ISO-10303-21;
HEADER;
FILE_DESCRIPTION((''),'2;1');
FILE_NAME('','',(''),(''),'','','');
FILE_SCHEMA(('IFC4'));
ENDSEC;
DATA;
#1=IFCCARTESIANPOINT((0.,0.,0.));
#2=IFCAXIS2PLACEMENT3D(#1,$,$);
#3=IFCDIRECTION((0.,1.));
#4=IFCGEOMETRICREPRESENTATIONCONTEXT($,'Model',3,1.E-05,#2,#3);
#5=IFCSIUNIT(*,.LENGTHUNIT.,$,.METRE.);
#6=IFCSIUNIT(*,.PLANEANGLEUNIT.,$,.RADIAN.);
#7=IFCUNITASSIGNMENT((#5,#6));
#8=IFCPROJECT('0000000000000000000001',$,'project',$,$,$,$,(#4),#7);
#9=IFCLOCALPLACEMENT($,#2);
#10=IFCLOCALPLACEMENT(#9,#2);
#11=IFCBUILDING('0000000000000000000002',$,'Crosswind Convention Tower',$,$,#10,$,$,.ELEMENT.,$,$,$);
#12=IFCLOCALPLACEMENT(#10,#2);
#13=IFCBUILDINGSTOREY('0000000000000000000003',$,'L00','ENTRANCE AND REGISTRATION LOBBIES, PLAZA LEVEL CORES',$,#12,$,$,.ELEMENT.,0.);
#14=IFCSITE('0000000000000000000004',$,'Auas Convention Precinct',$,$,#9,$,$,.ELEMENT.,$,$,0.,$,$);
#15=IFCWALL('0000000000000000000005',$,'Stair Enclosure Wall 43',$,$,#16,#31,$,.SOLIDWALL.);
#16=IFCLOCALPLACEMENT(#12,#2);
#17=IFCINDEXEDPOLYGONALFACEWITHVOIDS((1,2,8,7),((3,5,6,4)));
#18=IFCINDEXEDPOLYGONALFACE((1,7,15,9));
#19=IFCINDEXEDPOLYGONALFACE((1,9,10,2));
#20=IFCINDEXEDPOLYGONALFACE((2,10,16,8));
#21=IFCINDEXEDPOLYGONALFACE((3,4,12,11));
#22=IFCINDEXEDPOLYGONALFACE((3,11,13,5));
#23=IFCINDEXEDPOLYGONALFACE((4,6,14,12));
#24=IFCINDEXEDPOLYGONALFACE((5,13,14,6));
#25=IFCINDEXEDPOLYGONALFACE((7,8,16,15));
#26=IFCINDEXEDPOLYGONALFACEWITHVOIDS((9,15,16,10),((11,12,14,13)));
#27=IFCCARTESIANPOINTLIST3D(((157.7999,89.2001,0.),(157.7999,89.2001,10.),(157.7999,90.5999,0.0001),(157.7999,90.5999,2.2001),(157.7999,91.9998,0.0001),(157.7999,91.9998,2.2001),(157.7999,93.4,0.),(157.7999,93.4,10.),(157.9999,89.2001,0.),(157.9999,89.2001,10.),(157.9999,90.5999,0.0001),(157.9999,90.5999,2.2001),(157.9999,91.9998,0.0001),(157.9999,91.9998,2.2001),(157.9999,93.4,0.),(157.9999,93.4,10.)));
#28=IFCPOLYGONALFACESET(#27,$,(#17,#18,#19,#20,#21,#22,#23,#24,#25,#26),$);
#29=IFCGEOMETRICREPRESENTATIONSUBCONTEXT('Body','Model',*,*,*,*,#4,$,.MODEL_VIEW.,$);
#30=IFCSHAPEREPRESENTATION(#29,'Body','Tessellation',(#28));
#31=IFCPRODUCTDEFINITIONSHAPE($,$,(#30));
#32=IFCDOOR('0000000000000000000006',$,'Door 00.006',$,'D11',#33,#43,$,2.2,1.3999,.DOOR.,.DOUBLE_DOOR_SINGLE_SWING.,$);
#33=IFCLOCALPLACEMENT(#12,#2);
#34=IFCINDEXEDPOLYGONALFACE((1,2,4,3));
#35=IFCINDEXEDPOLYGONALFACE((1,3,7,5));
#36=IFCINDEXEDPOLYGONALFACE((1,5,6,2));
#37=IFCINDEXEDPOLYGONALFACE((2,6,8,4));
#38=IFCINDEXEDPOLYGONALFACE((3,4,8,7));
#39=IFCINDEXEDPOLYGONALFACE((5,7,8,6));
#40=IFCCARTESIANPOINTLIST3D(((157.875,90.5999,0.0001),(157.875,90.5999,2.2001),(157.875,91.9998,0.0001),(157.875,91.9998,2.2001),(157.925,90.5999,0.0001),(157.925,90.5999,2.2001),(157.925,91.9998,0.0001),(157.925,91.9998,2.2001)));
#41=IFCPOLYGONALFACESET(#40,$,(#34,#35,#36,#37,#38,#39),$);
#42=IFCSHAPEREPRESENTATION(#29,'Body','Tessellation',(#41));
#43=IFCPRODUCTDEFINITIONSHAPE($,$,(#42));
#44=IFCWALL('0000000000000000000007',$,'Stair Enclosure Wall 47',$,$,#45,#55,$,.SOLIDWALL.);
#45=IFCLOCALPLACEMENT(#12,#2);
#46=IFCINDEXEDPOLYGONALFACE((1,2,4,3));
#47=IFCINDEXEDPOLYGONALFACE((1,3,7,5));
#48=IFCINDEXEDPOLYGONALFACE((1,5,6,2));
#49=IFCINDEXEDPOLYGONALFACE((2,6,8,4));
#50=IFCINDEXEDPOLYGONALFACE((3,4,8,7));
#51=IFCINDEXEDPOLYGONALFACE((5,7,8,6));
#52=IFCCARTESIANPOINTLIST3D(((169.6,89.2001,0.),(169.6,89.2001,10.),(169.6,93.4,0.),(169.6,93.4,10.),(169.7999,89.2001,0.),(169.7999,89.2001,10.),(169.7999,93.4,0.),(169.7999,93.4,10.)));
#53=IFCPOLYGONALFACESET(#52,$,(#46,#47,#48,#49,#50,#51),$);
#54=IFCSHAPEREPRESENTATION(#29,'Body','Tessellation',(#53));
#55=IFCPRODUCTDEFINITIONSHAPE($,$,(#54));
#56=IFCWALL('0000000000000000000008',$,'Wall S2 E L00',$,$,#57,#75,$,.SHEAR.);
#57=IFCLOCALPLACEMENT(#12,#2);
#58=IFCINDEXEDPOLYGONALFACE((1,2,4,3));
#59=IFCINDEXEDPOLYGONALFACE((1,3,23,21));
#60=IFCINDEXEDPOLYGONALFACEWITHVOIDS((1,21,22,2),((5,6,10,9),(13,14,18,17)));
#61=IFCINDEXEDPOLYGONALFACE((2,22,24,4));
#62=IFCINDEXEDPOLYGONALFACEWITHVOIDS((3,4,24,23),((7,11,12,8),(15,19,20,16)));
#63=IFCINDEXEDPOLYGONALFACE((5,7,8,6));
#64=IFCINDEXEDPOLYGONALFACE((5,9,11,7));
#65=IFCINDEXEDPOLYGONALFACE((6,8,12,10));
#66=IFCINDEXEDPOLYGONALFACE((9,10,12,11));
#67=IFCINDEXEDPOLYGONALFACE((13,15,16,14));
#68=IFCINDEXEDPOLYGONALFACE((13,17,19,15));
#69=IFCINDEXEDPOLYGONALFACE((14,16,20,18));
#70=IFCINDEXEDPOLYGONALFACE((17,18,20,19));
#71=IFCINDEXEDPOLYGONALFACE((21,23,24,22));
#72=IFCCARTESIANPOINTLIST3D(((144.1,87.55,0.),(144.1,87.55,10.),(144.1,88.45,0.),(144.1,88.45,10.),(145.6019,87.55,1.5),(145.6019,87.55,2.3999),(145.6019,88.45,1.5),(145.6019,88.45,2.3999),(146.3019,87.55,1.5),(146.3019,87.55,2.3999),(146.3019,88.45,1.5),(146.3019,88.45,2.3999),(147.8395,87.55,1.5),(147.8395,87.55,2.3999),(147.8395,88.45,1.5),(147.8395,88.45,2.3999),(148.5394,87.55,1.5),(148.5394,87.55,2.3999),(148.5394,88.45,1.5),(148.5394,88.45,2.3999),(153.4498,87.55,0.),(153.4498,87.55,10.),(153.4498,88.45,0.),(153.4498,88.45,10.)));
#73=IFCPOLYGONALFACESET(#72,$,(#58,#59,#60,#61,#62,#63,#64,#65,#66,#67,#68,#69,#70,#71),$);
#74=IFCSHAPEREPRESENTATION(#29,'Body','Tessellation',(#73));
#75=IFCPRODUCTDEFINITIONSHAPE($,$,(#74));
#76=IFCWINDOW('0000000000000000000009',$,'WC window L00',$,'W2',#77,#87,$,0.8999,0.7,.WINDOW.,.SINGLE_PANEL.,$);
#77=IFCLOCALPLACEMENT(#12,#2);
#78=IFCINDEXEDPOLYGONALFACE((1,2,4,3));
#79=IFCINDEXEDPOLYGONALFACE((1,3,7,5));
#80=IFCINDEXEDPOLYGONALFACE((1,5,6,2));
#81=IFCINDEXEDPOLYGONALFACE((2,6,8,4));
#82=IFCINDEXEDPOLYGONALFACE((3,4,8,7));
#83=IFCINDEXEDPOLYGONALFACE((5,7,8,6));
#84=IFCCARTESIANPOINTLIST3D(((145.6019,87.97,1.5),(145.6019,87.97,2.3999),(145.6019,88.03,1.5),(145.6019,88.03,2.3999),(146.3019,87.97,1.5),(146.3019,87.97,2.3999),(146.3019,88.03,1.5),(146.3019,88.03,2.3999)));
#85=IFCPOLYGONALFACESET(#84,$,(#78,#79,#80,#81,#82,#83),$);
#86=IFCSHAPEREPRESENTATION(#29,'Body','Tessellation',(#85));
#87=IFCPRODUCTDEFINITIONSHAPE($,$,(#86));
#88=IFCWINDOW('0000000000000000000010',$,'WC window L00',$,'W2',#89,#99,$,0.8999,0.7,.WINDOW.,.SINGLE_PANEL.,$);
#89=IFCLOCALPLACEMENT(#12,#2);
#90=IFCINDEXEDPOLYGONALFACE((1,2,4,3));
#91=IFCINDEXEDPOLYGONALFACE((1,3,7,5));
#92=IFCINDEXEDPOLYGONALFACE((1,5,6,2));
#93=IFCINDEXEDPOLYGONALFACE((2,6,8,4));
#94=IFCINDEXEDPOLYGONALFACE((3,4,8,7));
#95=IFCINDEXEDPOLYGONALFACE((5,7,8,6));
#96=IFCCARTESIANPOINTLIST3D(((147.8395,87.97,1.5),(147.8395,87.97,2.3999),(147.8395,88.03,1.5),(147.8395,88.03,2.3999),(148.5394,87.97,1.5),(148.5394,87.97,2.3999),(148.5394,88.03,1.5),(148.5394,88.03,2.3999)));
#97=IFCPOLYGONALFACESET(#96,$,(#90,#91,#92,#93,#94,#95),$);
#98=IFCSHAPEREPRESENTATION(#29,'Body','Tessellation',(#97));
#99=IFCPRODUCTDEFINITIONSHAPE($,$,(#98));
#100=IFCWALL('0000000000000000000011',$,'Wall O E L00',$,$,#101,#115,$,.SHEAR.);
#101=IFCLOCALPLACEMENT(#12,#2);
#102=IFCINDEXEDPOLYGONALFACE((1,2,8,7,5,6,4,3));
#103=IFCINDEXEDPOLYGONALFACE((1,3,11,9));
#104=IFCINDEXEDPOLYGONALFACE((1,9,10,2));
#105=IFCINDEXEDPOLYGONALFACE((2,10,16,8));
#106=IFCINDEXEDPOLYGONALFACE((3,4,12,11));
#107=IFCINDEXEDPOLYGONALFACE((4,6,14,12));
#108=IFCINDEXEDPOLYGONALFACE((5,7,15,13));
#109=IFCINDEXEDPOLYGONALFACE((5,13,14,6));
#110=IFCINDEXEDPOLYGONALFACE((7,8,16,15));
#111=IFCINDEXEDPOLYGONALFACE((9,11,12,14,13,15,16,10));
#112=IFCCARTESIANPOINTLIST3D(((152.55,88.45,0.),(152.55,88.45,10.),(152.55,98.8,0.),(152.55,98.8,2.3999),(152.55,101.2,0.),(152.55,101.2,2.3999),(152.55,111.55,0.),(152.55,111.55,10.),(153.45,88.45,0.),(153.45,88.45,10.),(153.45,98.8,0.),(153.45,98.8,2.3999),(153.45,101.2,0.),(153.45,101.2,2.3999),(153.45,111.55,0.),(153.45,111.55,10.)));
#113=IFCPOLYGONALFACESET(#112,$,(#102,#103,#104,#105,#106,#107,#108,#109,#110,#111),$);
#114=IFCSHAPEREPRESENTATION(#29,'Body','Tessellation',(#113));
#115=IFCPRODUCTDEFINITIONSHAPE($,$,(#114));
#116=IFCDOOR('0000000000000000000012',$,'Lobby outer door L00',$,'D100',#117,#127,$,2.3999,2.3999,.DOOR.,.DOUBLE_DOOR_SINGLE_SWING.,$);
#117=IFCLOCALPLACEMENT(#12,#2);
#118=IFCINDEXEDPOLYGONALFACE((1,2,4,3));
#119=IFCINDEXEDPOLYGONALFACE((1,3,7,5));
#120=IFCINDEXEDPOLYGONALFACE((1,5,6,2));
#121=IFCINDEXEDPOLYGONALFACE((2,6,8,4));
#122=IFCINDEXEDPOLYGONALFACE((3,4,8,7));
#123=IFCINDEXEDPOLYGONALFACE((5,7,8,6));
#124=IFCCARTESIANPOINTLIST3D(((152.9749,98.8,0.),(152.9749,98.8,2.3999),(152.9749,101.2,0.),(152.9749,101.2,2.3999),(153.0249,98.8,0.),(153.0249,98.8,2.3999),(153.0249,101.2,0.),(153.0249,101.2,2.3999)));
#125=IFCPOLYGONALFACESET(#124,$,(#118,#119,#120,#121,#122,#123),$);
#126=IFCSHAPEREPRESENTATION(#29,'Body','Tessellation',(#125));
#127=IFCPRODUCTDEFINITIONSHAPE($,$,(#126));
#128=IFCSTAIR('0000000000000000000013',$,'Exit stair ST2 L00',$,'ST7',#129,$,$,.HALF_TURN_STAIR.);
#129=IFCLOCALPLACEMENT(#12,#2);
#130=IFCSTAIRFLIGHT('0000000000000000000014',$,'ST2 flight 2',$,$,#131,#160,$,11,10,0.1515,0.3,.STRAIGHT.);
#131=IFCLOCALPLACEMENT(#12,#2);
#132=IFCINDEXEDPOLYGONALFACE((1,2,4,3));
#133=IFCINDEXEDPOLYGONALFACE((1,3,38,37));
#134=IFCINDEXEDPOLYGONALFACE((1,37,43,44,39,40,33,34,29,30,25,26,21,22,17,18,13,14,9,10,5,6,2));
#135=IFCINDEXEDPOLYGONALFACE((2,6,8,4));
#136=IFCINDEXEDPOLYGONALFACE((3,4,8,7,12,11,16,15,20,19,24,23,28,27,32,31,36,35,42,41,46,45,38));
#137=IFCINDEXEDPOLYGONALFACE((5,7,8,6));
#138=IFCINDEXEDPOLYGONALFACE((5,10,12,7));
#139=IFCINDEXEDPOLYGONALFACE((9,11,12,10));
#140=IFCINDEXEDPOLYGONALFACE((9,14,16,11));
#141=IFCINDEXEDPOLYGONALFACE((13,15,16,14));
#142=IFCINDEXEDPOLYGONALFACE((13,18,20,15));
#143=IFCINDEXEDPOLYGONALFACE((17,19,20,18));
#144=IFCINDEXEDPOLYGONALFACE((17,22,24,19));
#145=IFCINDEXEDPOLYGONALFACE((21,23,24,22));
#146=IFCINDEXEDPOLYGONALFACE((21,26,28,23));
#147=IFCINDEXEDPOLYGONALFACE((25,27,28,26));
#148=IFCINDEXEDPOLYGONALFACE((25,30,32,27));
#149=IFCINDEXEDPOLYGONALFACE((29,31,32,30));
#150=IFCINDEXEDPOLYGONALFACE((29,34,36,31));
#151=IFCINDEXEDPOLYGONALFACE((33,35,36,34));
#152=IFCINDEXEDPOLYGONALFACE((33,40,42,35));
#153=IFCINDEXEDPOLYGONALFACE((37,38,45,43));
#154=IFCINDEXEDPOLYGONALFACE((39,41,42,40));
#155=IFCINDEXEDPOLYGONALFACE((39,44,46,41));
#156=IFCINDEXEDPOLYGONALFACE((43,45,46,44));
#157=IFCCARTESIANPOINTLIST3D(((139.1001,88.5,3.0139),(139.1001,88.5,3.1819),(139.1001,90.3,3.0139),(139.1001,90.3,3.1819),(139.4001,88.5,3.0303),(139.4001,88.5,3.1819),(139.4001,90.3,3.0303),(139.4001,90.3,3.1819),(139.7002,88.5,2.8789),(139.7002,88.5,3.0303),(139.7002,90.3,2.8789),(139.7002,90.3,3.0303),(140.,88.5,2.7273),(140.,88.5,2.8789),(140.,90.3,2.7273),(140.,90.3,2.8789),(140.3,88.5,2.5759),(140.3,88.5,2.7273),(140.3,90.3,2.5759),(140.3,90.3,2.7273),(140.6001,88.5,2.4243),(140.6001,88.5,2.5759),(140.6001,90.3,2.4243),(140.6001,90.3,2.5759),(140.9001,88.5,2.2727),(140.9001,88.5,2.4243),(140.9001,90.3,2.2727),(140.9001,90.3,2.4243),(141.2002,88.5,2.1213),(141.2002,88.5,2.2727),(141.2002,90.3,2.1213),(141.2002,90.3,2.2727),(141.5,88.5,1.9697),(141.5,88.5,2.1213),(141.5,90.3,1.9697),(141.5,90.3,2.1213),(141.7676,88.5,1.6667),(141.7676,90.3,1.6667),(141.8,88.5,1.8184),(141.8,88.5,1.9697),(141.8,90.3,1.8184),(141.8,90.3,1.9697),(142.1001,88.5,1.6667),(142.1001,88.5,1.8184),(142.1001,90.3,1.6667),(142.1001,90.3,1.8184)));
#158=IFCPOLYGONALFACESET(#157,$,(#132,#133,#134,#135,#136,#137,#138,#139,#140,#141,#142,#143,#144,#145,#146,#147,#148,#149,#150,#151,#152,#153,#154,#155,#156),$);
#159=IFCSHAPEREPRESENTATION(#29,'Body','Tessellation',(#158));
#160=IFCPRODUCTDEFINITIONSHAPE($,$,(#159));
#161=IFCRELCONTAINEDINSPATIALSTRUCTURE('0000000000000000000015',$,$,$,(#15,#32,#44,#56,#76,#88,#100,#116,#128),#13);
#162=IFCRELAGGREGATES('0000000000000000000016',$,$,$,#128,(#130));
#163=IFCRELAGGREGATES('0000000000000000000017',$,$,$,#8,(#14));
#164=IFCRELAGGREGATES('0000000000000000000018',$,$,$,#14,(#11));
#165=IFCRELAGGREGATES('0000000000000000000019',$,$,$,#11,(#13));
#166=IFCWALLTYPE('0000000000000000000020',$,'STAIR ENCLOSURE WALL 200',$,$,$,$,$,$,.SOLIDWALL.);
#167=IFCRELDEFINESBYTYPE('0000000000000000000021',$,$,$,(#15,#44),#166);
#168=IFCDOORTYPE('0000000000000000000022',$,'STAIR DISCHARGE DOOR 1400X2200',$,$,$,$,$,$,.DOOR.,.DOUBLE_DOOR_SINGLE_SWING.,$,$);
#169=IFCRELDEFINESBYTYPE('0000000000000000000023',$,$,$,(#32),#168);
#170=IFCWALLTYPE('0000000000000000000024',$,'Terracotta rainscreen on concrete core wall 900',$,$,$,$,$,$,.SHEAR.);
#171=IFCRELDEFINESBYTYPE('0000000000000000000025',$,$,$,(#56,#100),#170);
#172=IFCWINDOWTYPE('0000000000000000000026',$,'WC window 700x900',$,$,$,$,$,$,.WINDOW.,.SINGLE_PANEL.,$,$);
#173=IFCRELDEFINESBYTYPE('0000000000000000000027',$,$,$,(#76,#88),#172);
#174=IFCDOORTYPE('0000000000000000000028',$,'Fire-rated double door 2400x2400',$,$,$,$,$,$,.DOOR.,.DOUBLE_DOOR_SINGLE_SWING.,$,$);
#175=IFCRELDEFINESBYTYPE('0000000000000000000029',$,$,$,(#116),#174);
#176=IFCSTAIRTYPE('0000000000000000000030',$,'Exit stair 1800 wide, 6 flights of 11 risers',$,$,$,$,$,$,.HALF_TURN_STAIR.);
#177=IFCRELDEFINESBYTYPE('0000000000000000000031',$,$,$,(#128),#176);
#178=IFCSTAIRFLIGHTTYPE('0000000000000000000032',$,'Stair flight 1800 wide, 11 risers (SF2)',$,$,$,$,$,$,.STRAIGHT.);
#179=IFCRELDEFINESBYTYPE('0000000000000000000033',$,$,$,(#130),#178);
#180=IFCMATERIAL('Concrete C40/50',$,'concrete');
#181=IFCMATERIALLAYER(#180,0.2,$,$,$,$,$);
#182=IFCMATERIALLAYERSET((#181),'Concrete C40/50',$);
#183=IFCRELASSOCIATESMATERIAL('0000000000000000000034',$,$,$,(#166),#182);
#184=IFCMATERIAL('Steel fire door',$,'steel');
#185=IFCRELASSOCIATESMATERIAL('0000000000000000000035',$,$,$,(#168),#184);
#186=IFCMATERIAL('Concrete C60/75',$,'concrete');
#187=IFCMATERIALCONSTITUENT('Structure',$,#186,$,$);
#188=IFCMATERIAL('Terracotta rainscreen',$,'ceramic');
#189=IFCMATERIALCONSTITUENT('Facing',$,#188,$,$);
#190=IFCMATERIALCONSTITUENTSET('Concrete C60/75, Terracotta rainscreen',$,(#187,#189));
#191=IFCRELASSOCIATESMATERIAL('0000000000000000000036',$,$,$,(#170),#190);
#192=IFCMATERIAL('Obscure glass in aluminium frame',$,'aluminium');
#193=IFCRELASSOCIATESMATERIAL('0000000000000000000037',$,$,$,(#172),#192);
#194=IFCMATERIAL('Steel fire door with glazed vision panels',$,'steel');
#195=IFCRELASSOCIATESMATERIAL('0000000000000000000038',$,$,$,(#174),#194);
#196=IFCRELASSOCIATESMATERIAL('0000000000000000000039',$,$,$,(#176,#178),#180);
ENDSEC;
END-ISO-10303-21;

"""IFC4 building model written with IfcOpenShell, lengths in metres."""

from ifc_helpers import new_model, si_unit, direction, frame, frame_2d, origin, place, context, subcontext, project, spatial, polyline, rectangle, outline, extrude, material, layer, layer_set, constituent, constituent_set, type_object, element, fill, aggregate, save


model = new_model("IFC4")

# Units and contexts
model_context = context("Model", 3, precision=1e-05, world=origin(), true_north=direction((0.0, 1.0)))
body_context = subcontext(model_context, "Body", "Model", "MODEL_VIEW")
ifc_project = project(units=[si_unit("LENGTHUNIT", "METRE"), si_unit("PLANEANGLEUNIT", "RADIAN")], contexts=[model_context])

# Site, building, storey
site_placement = place(None, origin())
site = spatial("IfcSite", under=ifc_project, at=site_placement, Name="Auas Convention Precinct", CompositionType="ELEMENT", RefElevation=0.0)
building_placement = place(site_placement, origin())
building = spatial("IfcBuilding", under=site, at=building_placement, Name="Crosswind Convention Tower", CompositionType="ELEMENT")
storey_placement = place(building_placement, origin())
storey = spatial("IfcBuildingStorey", under=building, at=storey_placement, Name="L00", Description="ENTRANCE AND REGISTRATION LOBBIES, PLAZA LEVEL CORES", CompositionType="ELEMENT", Elevation=0.0)

# Shared definitions
ifc_material_1 = material(Name="Concrete C40/50", Category="concrete")

# Shared definitions
ifc_material_2 = material(Name="Concrete C60/75", Category="concrete")

# Shared definitions
ifc_layer_1 = layer(ifc_material_1, 0.2)
ifc_layer_set_1 = layer_set([ifc_layer_1], Name="Concrete C40/50")
wall_type_1 = type_object("IfcWallType", Name="STAIR ENCLOSURE WALL 200", PredefinedType="SOLIDWALL", material=ifc_layer_set_1)

# Wall, opening, door
wall_1_placement = place(storey_placement, frame((157.8999, 89.2, 0.0), z_axis=(0.0, 0.0, 1.0), x_axis=(0.0, 1.0, 0.0)))
wall_1 = element("IfcWall", 1, at=wall_1_placement, inside=storey, type_object=wall_type_1, Name="Stair Enclosure Wall 43", PredefinedType="SOLIDWALL", context=body_context, shape_type="SweptSolid", body=[
    extrude(rectangle(XDim=4.2, YDim=0.2, at=frame_2d((2.1001, 0.0))), origin(), (0.0, 0.0, 1.0), 10.0),
])
opening_1_placement = place(wall_1_placement, frame((1.3999, 0.0, 0.0)))
opening_1 = element("IfcOpeningElement", 2, at=opening_1_placement, cuts=wall_1, PredefinedType="OPENING", context=body_context, shape_type="SweptSolid", body=[
    extrude(rectangle(XDim=1.3999, YDim=2.2, at=frame_2d((0.7, 1.1001))), frame((0.0, 0.1099, 0.0), z_axis=(0.0, -1.0, 0.0), x_axis=(1.0, 0.0, 0.0)), (0.0, 0.0, 1.0), 0.22),
])
ifc_material_3 = material(Name="Steel fire door", Category="steel")
door_type_1 = type_object("IfcDoorType", Name="STAIR DISCHARGE DOOR 1400X2200", OperationType="DOUBLE_DOOR_SINGLE_SWING", PredefinedType="DOOR", material=ifc_material_3)
door_1_placement = place(opening_1_placement, origin())
door_1 = element("IfcDoor", 3, at=door_1_placement, inside=storey, type_object=door_type_1, Name="Door 00.006", ObjectType="D11", OperationType="DOUBLE_DOOR_SINGLE_SWING", OverallHeight=2.2, OverallWidth=1.3999, PredefinedType="DOOR", context=body_context, shape_type="SweptSolid", body=[
    extrude(rectangle(XDim=1.3999, YDim=2.2, at=frame_2d((0.7, 1.1001))), frame((0.0, 0.0249, 0.0), z_axis=(0.0, -1.0, 0.0), x_axis=(1.0, 0.0, 0.0)), (0.0, 0.0, 1.0), 0.05),
])
fill(opening_1, door_1)

# Wall
wall_2_placement = place(storey_placement, frame((169.7, 89.2, 0.0), z_axis=(0.0, 0.0, 1.0), x_axis=(0.0, 1.0, 0.0)))
element("IfcWall", 4, at=wall_2_placement, inside=storey, type_object=wall_type_1, Name="Stair Enclosure Wall 47", PredefinedType="SOLIDWALL", context=body_context, shape_type="SweptSolid", body=[
    extrude(rectangle(XDim=4.2, YDim=0.2, at=frame_2d((2.1001, 0.0))), origin(), (0.0, 0.0, 1.0), 10.0),
])

# Wall, openings, windows
ifc_constituent_1 = constituent(ifc_material_2, Name="Structure")
ifc_material_4 = material(Name="Terracotta rainscreen", Category="ceramic")
ifc_constituent_2 = constituent(ifc_material_4, Name="Facing")
ifc_constituent_set = constituent_set(constituents=[ifc_constituent_1, ifc_constituent_2], Name="Concrete C60/75, Terracotta rainscreen")
wall_type_2 = type_object("IfcWallType", Name="Terracotta rainscreen on concrete core wall 900", PredefinedType="SHEAR", material=ifc_constituent_set)
wall_3_placement = place(storey_placement, frame((144.1001, 88.0, 0.0), z_axis=(0.0, 0.0, 1.0), x_axis=(1.0, 0.0, 0.0)))
wall_3 = element("IfcWall", 5, at=wall_3_placement, inside=storey, type_object=wall_type_2, Name="Wall S2 E L00", PredefinedType="SHEAR", context=body_context, shape_type="SweptSolid", body=[
    extrude(rectangle(XDim=9.3499, YDim=0.8999, at=frame_2d((4.6748, 0.0))), origin(), (0.0, 0.0, 1.0), 10.0),
])
opening_2_placement = place(wall_3_placement, frame((1.5017, 0.0, 1.5)))
opening_2 = element("IfcOpeningElement", 6, at=opening_2_placement, cuts=wall_3, PredefinedType="OPENING", context=body_context, shape_type="SweptSolid", body=[
    extrude(rectangle(XDim=0.7, YDim=0.8999, at=frame_2d((0.3501, 0.45))), frame((0.0, 0.46, 0.0), z_axis=(0.0, -1.0, 0.0), x_axis=(1.0, 0.0, 0.0)), (0.0, 0.0, 1.0), 0.9199),
])
opening_3_placement = place(wall_3_placement, frame((3.7393, 0.0, 1.5)))
opening_3 = element("IfcOpeningElement", 7, at=opening_3_placement, cuts=wall_3, PredefinedType="OPENING", context=body_context, shape_type="SweptSolid", body=[
    extrude(rectangle(XDim=0.7, YDim=0.8999, at=frame_2d((0.3501, 0.45))), frame((0.0, 0.46, 0.0), z_axis=(0.0, -1.0, 0.0), x_axis=(1.0, 0.0, 0.0)), (0.0, 0.0, 1.0), 0.9199),
])
ifc_material_5 = material(Name="Obscure glass in aluminium frame", Category="aluminium")
window_type = type_object("IfcWindowType", Name="WC window 700x900", PartitioningType="SINGLE_PANEL", PredefinedType="WINDOW", material=ifc_material_5)
window_1_placement = place(opening_2_placement, origin())
window_1 = element("IfcWindow", 8, at=window_1_placement, inside=storey, type_object=window_type, Name="WC window L00", ObjectType="W2", OverallHeight=0.8999, OverallWidth=0.7, PartitioningType="SINGLE_PANEL", PredefinedType="WINDOW", context=body_context, shape_type="SweptSolid", body=[
    extrude(rectangle(XDim=0.7, YDim=0.8999, at=frame_2d((0.3501, 0.45))), frame((0.0, 0.03, 0.0), z_axis=(0.0, -1.0, 0.0), x_axis=(1.0, 0.0, 0.0)), (0.0, 0.0, 1.0), 0.0601),
])
fill(opening_2, window_1)
window_2_placement = place(opening_3_placement, origin())
window_2 = element("IfcWindow", 9, at=window_2_placement, inside=storey, type_object=window_type, Name="WC window L00", ObjectType="W2", OverallHeight=0.8999, OverallWidth=0.7, PartitioningType="SINGLE_PANEL", PredefinedType="WINDOW", context=body_context, shape_type="SweptSolid", body=[
    extrude(rectangle(XDim=0.7, YDim=0.8999, at=frame_2d((0.3501, 0.45))), frame((0.0, 0.03, 0.0), z_axis=(0.0, -1.0, 0.0), x_axis=(1.0, 0.0, 0.0)), (0.0, 0.0, 1.0), 0.0601),
])
fill(opening_3, window_2)

# Wall, opening, door
wall_4_placement = place(storey_placement, frame((153.0, 88.45, 0.0), z_axis=(0.0, 0.0, 1.0), x_axis=(0.0, 1.0, 0.0)))
wall_4 = element("IfcWall", 10, at=wall_4_placement, inside=storey, type_object=wall_type_2, Name="Wall O E L00", PredefinedType="SHEAR", context=body_context, shape_type="SweptSolid", body=[
    extrude(rectangle(XDim=23.1001, YDim=0.8999, at=frame_2d((11.55, 0.0))), origin(), (0.0, 0.0, 1.0), 10.0),
])
opening_4_placement = place(wall_4_placement, frame((10.3501, 0.0, 0.0)))
opening_4 = element("IfcOpeningElement", 11, at=opening_4_placement, cuts=wall_4, PredefinedType="OPENING", context=body_context, shape_type="SweptSolid", body=[
    extrude(rectangle(XDim=2.3999, YDim=2.3999, at=frame_2d((1.2, 1.2))), frame((0.0, 0.46, 0.0), z_axis=(0.0, -1.0, 0.0), x_axis=(1.0, 0.0, 0.0)), (0.0, 0.0, 1.0), 0.9199),
])
ifc_material_6 = material(Name="Steel fire door with glazed vision panels", Category="steel")
door_type_2 = type_object("IfcDoorType", Name="Fire-rated double door 2400x2400", OperationType="DOUBLE_DOOR_SINGLE_SWING", PredefinedType="DOOR", material=ifc_material_6)
door_2_placement = place(opening_4_placement, frame((2.3999, 0.0, 0.0), z_axis=(0.0, 0.0, 1.0), x_axis=(-1.0, 0.0, 0.0)))
door_2 = element("IfcDoor", 12, at=door_2_placement, inside=storey, type_object=door_type_2, Name="Lobby outer door L00", ObjectType="D100", OperationType="DOUBLE_DOOR_SINGLE_SWING", OverallHeight=2.3999, OverallWidth=2.3999, PredefinedType="DOOR", context=body_context, shape_type="SweptSolid", body=[
    extrude(rectangle(XDim=2.3999, YDim=2.3999, at=frame_2d((1.2, 1.2))), frame((0.0, 0.0249, 0.0), z_axis=(0.0, -1.0, 0.0), x_axis=(1.0, 0.0, 0.0)), (0.0, 0.0, 1.0), 0.05),
])
fill(opening_4, door_2)

# Stair, stair flight
stair_type = type_object("IfcStairType", Name="Exit stair 1800 wide, 6 flights of 11 risers", PredefinedType="HALF_TURN_STAIR", material=ifc_material_1)
stair_placement = place(storey_placement, origin())
stair = element("IfcStair", 13, at=stair_placement, inside=storey, type_object=stair_type, Name="Exit stair ST2 L00", ObjectType="ST7", PredefinedType="HALF_TURN_STAIR")
stair_flight_type = type_object("IfcStairFlightType", Name="Stair flight 1800 wide, 11 risers (SF2)", PredefinedType="STRAIGHT", material=ifc_material_1)
stair_flight_1_placement = place(storey_placement, frame((142.1001, 89.3999, 1.6667), z_axis=(0.0, 0.0, 1.0), x_axis=(-1.0, 0.0, 0.0)))
stair_flight_1 = element("IfcStairFlight", 14, at=stair_flight_1_placement, type_object=stair_flight_type, Name="ST2 flight 2", NumberOfRisers=11, NumberOfTreads=10, PredefinedType="STRAIGHT", RiserHeight=0.1515, TreadLength=0.3, context=body_context, shape_type="SweptSolid", body=[
    extrude(outline(polyline([(0.0, 0.0), (0.0, 0.1516), (0.3, 0.1516), (0.3, 0.303), (0.6001, 0.303), (0.6001, 0.4546), (0.8999, 0.4546), (0.8999, 0.606), (1.2, 0.606), (1.2, 0.7576), (1.5, 0.7576), (1.5, 0.9092), (1.8, 0.9092), (1.8, 1.0605), (2.1001, 1.0605), (2.1001, 1.2122), (2.3999, 1.2122), (2.3999, 1.3635), (2.7, 1.3635), (2.7, 1.5151), (3.0, 1.5151), (3.0, 1.6667), (3.0, 1.3472), (0.3325, 0.0), (0.0, 0.0)])), frame((0.0, 0.8999, 0.0), z_axis=(0.0, -1.0, 0.0), x_axis=(1.0, 0.0, 0.0)), (0.0, 0.0, 1.0), 1.8),
])
aggregate(stair, [stair_flight_1])

save(model, "model.ifc")
